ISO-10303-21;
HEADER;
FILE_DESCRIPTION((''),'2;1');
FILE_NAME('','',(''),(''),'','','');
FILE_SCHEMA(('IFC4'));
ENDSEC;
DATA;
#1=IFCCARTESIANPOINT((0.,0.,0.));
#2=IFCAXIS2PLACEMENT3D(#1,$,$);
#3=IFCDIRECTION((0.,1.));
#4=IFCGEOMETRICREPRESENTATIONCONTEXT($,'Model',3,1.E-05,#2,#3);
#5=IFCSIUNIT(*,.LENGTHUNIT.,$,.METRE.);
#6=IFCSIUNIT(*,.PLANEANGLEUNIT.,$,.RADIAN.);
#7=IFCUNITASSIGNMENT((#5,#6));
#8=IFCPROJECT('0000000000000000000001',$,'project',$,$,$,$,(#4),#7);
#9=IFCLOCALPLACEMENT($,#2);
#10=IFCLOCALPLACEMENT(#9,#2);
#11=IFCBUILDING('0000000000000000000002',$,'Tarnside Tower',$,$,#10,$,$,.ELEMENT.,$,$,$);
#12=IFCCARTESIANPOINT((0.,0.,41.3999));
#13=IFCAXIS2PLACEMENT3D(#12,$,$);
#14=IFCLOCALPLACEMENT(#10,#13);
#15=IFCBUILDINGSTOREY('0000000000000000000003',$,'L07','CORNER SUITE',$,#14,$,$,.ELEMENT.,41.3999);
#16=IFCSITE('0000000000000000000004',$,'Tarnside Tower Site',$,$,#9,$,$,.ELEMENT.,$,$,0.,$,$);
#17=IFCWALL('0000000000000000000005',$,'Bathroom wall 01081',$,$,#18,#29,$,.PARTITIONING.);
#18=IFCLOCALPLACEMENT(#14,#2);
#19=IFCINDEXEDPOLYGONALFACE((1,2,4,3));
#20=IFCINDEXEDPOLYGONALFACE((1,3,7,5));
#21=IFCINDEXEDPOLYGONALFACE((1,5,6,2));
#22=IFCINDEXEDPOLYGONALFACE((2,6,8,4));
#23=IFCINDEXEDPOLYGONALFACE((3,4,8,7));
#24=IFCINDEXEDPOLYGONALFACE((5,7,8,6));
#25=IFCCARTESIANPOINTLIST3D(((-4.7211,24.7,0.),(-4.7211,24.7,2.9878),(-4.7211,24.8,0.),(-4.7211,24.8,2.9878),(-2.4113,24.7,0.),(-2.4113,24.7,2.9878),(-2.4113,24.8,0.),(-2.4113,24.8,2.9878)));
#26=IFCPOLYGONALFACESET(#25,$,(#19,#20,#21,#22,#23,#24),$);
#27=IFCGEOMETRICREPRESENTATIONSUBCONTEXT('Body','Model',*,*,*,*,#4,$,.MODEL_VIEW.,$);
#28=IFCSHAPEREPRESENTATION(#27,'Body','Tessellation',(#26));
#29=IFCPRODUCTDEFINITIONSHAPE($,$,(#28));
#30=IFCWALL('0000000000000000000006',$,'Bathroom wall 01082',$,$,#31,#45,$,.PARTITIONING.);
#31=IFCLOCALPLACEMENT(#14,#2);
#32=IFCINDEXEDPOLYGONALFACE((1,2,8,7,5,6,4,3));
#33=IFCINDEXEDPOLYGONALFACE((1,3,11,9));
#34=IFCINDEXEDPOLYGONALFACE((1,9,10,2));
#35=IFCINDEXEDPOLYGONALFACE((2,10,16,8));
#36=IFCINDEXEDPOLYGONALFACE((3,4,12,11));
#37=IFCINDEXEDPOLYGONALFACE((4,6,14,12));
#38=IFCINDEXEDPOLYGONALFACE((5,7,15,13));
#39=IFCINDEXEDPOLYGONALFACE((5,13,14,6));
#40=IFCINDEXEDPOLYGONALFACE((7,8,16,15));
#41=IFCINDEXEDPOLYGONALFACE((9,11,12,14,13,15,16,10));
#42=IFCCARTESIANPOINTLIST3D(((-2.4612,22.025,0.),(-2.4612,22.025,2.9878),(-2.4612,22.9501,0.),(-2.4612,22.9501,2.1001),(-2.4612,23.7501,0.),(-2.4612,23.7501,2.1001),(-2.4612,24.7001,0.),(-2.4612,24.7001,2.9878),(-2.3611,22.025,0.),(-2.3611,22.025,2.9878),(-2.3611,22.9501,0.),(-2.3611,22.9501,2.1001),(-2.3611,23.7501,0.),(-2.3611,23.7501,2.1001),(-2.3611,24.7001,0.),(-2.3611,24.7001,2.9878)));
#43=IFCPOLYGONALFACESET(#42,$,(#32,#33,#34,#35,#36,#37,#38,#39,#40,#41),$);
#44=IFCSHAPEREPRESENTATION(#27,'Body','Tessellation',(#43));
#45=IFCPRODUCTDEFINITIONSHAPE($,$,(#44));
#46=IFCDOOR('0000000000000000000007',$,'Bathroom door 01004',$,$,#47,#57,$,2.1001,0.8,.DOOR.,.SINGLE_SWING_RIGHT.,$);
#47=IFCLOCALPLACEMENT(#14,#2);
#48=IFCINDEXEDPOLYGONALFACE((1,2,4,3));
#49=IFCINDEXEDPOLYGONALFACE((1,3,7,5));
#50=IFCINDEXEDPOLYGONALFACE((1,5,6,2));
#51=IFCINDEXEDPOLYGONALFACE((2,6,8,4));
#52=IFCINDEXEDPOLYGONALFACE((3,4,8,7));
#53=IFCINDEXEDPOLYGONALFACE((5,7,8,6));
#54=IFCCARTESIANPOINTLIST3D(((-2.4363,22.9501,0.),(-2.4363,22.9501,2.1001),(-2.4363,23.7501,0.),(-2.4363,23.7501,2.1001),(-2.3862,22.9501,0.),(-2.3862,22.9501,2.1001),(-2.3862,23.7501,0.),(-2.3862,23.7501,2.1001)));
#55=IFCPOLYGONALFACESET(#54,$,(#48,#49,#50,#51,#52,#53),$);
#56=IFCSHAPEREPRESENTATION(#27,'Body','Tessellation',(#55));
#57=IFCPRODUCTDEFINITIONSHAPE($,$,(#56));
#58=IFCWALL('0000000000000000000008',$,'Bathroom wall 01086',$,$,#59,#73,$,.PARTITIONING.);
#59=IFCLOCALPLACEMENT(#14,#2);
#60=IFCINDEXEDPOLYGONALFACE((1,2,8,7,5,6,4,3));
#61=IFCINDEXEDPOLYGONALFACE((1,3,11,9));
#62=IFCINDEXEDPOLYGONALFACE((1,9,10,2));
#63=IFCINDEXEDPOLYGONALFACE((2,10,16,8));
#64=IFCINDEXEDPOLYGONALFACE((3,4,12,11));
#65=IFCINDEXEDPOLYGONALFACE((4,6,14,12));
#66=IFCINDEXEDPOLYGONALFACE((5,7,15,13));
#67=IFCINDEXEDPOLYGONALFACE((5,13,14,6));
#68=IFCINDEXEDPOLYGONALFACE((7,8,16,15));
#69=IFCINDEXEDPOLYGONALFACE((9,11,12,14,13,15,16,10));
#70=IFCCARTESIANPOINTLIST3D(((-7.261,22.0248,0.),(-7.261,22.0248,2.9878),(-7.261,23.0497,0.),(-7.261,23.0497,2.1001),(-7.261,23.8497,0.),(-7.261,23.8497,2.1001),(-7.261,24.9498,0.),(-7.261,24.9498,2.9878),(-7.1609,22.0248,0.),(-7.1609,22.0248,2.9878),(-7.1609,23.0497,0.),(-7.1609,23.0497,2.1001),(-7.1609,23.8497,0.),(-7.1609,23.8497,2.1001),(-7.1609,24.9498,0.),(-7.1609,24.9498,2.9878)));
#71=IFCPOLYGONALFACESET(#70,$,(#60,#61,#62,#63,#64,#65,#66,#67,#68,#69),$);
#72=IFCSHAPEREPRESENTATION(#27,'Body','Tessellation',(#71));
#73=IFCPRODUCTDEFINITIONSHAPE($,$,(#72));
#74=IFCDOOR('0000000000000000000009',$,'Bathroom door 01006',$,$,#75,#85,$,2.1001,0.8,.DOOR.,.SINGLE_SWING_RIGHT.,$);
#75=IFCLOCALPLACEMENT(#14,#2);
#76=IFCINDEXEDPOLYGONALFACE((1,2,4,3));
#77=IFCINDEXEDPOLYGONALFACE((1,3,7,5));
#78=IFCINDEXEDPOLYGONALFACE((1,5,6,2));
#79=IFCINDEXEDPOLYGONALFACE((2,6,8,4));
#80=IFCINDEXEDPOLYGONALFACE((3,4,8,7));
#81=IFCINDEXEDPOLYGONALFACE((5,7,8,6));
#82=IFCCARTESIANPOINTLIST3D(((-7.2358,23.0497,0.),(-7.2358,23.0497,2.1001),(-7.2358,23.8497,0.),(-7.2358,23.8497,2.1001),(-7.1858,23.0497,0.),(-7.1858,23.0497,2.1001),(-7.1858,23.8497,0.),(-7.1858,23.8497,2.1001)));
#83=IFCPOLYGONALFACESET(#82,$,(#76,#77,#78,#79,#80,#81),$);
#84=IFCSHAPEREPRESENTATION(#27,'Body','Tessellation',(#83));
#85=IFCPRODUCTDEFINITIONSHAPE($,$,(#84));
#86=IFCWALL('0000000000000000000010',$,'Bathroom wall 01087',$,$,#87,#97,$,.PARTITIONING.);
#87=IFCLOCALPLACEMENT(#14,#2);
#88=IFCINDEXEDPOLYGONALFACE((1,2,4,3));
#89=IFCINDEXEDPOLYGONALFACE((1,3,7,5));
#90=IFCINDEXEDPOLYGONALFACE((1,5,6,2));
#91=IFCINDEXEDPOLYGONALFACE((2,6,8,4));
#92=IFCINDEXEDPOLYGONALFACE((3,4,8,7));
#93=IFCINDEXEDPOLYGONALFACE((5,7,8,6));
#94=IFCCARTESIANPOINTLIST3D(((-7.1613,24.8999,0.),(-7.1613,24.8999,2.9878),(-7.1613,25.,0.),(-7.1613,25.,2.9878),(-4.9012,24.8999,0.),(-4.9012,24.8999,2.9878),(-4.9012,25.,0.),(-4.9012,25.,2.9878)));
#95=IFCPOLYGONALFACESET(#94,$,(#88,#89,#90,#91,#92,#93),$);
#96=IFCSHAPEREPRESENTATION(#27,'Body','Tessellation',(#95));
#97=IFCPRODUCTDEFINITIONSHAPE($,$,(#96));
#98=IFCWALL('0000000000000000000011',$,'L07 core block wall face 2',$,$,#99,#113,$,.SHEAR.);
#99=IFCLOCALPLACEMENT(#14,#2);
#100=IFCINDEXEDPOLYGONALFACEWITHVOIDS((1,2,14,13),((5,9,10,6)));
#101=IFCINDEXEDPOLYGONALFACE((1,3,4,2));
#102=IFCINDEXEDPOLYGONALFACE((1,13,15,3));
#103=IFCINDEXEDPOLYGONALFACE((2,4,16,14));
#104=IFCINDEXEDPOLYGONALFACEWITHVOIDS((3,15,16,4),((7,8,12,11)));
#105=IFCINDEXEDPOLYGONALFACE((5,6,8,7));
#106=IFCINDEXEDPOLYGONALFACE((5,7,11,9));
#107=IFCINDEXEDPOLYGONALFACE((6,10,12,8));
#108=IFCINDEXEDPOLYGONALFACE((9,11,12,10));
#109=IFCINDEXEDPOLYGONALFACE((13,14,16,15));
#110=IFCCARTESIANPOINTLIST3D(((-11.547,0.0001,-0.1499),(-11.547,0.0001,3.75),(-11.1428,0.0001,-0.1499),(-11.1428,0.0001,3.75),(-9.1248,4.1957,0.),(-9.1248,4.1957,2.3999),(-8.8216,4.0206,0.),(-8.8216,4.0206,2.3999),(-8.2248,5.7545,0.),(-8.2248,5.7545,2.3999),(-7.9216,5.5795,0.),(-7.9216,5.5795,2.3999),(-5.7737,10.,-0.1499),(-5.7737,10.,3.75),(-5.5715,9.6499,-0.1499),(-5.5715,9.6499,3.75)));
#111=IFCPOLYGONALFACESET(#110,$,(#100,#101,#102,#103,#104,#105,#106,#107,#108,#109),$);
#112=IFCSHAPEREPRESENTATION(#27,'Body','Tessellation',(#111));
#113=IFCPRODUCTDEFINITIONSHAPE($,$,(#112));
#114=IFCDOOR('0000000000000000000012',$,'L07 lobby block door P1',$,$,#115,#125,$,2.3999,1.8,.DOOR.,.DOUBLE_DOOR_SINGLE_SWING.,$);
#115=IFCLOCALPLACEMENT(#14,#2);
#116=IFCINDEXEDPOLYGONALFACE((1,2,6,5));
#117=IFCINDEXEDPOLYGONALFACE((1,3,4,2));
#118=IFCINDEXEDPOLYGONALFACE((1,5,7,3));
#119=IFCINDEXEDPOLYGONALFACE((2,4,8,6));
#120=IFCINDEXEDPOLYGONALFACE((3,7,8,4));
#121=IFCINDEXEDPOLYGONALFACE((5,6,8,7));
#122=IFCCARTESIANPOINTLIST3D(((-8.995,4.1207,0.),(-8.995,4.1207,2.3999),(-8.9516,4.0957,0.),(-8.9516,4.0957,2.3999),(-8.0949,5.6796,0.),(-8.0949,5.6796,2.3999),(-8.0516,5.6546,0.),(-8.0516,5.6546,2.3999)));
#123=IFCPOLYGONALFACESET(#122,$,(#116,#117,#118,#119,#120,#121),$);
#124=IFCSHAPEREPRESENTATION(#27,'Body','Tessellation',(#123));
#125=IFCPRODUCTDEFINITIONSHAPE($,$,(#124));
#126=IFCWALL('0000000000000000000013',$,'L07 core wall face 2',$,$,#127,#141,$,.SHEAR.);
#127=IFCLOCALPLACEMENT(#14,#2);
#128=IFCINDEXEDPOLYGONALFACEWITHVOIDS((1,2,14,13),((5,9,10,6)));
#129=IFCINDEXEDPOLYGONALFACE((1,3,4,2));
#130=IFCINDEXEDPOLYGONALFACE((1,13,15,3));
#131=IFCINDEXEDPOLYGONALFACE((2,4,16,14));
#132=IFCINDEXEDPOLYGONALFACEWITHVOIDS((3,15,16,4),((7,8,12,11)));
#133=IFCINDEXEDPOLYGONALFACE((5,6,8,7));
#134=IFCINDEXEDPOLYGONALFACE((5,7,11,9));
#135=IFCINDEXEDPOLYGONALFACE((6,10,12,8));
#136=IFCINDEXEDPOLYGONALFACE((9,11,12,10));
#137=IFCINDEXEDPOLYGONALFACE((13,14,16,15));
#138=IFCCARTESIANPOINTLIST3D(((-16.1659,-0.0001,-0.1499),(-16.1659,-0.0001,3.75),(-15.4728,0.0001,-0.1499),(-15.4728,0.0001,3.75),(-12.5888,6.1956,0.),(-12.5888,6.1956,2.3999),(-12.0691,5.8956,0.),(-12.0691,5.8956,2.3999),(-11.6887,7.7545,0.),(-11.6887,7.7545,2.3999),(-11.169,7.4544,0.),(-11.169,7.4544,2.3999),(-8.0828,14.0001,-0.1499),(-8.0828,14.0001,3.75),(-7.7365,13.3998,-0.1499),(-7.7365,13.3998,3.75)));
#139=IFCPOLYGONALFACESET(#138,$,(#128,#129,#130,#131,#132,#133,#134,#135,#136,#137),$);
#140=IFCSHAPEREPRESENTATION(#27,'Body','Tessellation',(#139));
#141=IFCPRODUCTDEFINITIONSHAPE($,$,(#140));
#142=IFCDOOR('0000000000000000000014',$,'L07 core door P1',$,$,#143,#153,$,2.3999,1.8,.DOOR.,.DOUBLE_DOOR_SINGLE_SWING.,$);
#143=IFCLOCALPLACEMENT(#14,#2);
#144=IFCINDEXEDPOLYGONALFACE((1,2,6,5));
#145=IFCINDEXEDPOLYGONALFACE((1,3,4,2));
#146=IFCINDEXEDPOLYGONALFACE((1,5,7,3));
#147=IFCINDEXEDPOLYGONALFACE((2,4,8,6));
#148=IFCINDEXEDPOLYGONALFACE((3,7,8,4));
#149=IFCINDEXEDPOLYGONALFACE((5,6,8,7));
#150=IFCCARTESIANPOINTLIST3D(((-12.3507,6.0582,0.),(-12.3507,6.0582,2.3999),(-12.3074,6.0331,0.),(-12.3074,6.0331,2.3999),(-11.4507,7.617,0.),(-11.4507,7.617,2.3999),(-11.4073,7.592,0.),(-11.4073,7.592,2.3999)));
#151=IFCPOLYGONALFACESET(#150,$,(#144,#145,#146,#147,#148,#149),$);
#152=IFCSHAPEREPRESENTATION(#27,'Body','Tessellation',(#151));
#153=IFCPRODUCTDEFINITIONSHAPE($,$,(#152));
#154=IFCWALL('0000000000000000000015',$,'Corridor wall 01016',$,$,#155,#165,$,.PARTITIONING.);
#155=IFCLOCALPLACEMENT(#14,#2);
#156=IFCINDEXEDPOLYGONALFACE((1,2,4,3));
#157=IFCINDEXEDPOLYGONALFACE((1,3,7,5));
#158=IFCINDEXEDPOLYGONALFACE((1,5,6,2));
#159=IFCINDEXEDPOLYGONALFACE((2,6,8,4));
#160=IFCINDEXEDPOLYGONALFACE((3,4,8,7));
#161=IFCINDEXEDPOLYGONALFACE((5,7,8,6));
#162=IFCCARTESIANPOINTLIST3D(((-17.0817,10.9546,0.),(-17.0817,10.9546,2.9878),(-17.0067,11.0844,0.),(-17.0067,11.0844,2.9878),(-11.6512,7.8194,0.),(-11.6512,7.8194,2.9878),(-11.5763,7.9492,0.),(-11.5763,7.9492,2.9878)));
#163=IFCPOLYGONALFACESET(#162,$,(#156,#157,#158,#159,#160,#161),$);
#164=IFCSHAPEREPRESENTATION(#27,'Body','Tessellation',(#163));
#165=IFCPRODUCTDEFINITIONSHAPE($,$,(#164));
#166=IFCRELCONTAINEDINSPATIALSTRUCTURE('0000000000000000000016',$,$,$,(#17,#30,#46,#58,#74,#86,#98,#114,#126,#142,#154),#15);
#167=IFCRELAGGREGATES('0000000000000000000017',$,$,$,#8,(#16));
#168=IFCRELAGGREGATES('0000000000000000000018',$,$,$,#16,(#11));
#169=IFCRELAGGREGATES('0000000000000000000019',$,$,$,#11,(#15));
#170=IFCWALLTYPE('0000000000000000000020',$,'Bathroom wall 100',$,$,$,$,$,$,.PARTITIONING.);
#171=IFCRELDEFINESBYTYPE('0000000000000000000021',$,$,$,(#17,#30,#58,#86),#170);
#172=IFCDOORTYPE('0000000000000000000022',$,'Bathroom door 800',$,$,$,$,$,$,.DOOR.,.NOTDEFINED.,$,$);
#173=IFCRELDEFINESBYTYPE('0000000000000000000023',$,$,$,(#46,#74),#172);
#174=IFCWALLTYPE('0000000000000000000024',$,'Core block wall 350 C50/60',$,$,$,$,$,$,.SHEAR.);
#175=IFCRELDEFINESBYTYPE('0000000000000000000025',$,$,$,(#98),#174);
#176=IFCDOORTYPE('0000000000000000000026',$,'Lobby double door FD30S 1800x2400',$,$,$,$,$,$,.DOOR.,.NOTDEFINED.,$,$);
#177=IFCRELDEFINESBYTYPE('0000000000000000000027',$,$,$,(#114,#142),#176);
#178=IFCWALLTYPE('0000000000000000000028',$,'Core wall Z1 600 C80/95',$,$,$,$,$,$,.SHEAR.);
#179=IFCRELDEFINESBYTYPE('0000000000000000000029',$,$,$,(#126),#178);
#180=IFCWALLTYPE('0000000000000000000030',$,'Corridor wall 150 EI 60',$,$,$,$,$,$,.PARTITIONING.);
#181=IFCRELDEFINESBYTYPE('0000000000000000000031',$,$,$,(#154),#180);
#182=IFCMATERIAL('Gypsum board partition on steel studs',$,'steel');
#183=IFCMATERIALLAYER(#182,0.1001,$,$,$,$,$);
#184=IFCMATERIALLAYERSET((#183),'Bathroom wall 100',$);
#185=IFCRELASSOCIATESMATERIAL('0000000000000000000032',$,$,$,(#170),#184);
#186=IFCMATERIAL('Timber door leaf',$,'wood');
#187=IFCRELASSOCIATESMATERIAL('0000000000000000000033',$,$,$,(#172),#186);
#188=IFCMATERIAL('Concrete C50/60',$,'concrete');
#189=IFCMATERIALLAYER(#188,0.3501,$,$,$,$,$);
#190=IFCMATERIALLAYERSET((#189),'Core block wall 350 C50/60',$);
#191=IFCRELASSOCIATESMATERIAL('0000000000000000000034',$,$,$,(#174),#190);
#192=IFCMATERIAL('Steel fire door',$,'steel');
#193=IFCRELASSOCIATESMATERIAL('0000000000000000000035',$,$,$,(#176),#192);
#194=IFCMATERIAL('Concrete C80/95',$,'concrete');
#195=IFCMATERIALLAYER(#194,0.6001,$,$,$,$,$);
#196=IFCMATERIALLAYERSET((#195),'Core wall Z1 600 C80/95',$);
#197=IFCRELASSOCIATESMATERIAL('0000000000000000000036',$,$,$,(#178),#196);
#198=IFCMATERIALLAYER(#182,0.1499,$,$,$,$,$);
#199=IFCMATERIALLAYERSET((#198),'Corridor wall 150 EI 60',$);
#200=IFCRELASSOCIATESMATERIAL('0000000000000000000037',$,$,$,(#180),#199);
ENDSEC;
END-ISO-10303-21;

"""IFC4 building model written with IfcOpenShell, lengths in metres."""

from ifc_helpers import new_model, si_unit, direction, frame, frame_2d, origin, place, context, subcontext, project, spatial, polyline, rectangle, outline, extrude, material, layer, layer_set, type_object, element, fill, save


model = new_model("IFC4")

# Units and contexts
model_context = context("Model", 3, precision=1e-05, world=origin(), true_north=direction((0.0, 1.0)))
body_context = subcontext(model_context, "Body", "Model", "MODEL_VIEW")
ifc_project = project(units=[si_unit("LENGTHUNIT", "METRE"), si_unit("PLANEANGLEUNIT", "RADIAN")], contexts=[model_context])

# Site, building, storey
site_placement = place(None, origin())
site = spatial("IfcSite", under=ifc_project, at=site_placement, Name="Tarnside Tower Site", CompositionType="ELEMENT", RefElevation=0.0)
building_placement = place(site_placement, origin())
building = spatial("IfcBuilding", under=site, at=building_placement, Name="Tarnside Tower", CompositionType="ELEMENT")
storey_placement = place(building_placement, frame((0.0, 0.0, 41.3999)))
storey = spatial("IfcBuildingStorey", under=building, at=storey_placement, Name="L07", Description="CORNER SUITE", CompositionType="ELEMENT", Elevation=41.3999)

# Wall
ifc_material_1 = material(Name="Gypsum board partition on steel studs", Category="steel")
ifc_layer_1 = layer(ifc_material_1, 0.1001)
ifc_layer_set_1 = layer_set([ifc_layer_1], Name="Bathroom wall 100")
wall_type_1 = type_object("IfcWallType", Name="Bathroom wall 100", PredefinedType="PARTITIONING", material=ifc_layer_set_1)
wall_1_placement = place(storey_placement, frame((-4.7209, 24.75, 0.0), z_axis=(0.0, 0.0, 1.0), x_axis=(1.0, 0.0, 0.0)))
element("IfcWall", 1, at=wall_1_placement, inside=storey, type_object=wall_type_1, Name="Bathroom wall 01081", PredefinedType="PARTITIONING", context=body_context, shape_type="SweptSolid", body=[
    extrude(rectangle(XDim=2.3098, YDim=0.1001, at=frame_2d((1.1548, 0.0))), origin(), (0.0, 0.0, 1.0), 2.9878),
])

# Walls, openings, doors
wall_2_placement = place(storey_placement, frame((-2.4111, 24.7, 0.0), z_axis=(0.0, 0.0, 1.0), x_axis=(0.0, -1.0, 0.0)))
wall_2 = element("IfcWall", 2, at=wall_2_placement, inside=storey, type_object=wall_type_1, Name="Bathroom wall 01082", PredefinedType="PARTITIONING", context=body_context, shape_type="SweptSolid", body=[
    extrude(rectangle(XDim=2.675, YDim=0.1001, at=frame_2d((1.3374, 0.0))), origin(), (0.0, 0.0, 1.0), 2.9878),
])
opening_1_placement = place(wall_2_placement, frame((0.95, 0.0, 0.0)))
opening_1 = element("IfcOpeningElement", 3, at=opening_1_placement, cuts=wall_2, PredefinedType="OPENING", context=body_context, shape_type="SweptSolid", body=[
    extrude(rectangle(XDim=0.8, YDim=2.1001, at=frame_2d((0.3999, 1.05))), frame((0.0, 0.0601, 0.0), z_axis=(0.0, -1.0, 0.0), x_axis=(1.0, 0.0, 0.0)), (0.0, 0.0, 1.0), 0.1201),
])
ifc_material_2 = material(Name="Timber door leaf", Category="wood")
door_type_1 = type_object("IfcDoorType", Name="Bathroom door 800", OperationType="NOTDEFINED", PredefinedType="DOOR", material=ifc_material_2)
door_1_placement = place(opening_1_placement, origin())
door_1 = element("IfcDoor", 4, at=door_1_placement, inside=storey, type_object=door_type_1, Name="Bathroom door 01004", OperationType="SINGLE_SWING_RIGHT", OverallHeight=2.1001, OverallWidth=0.8, PredefinedType="DOOR", context=body_context, shape_type="SweptSolid", body=[
    extrude(rectangle(XDim=0.8, YDim=2.1001, at=frame_2d((0.3999, 1.05))), frame((0.0, 0.0249, 0.0), z_axis=(0.0, -1.0, 0.0), x_axis=(1.0, 0.0, 0.0)), (0.0, 0.0, 1.0), 0.05),
])
fill(opening_1, door_1)
wall_3_placement = place(storey_placement, frame((-7.2109, 22.0249, 0.0), z_axis=(0.0, 0.0, 1.0), x_axis=(0.0, 1.0, 0.0)))
wall_3 = element("IfcWall", 5, at=wall_3_placement, inside=storey, type_object=wall_type_1, Name="Bathroom wall 01086", PredefinedType="PARTITIONING", context=body_context, shape_type="SweptSolid", body=[
    extrude(rectangle(XDim=2.925, YDim=0.1001, at=frame_2d((1.4624, 0.0))), origin(), (0.0, 0.0, 1.0), 2.9878),
])
opening_2_placement = place(wall_3_placement, frame((1.0249, 0.0, 0.0)))
opening_2 = element("IfcOpeningElement", 6, at=opening_2_placement, cuts=wall_3, PredefinedType="OPENING", context=body_context, shape_type="SweptSolid", body=[
    extrude(rectangle(XDim=0.8, YDim=2.1001, at=frame_2d((0.3999, 1.05))), frame((0.0, 0.0601, 0.0), z_axis=(0.0, -1.0, 0.0), x_axis=(1.0, 0.0, 0.0)), (0.0, 0.0, 1.0), 0.1201),
])
door_2_placement = place(opening_2_placement, origin())
door_2 = element("IfcDoor", 7, at=door_2_placement, inside=storey, type_object=door_type_1, Name="Bathroom door 01006", OperationType="SINGLE_SWING_RIGHT", OverallHeight=2.1001, OverallWidth=0.8, PredefinedType="DOOR", context=body_context, shape_type="SweptSolid", body=[
    extrude(rectangle(XDim=0.8, YDim=2.1001, at=frame_2d((0.3999, 1.05))), frame((0.0, 0.0249, 0.0), z_axis=(0.0, -1.0, 0.0), x_axis=(1.0, 0.0, 0.0)), (0.0, 0.0, 1.0), 0.05),
])
fill(opening_2, door_2)

# Wall
wall_4_placement = place(storey_placement, frame((-7.1611, 24.95, 0.0), z_axis=(0.0, 0.0, 1.0), x_axis=(1.0, 0.0, 0.0)))
element("IfcWall", 8, at=wall_4_placement, inside=storey, type_object=wall_type_1, Name="Bathroom wall 01087", PredefinedType="PARTITIONING", context=body_context, shape_type="SweptSolid", body=[
    extrude(rectangle(XDim=2.26, YDim=0.1001, at=frame_2d((1.1299, 0.0))), origin(), (0.0, 0.0, 1.0), 2.9878),
])

# Walls, openings, doors
ifc_material_3 = material(Name="Concrete C50/60", Category="concrete")
ifc_layer_2 = layer(ifc_material_3, 0.3501)
ifc_layer_set_2 = layer_set([ifc_layer_2], Name="Core block wall 350 C50/60")
wall_type_2 = type_object("IfcWallType", Name="Core block wall 350 C50/60", PredefinedType="SHEAR", material=ifc_layer_set_2)
wall_5_placement = place(storey_placement, frame((-5.6726, 9.825, -0.1499), z_axis=(0.0, 0.0, 1.0), x_axis=(-0.499995, -0.866028, 0.0)))
wall_5 = element("IfcWall", 9, at=wall_5_placement, inside=storey, type_object=wall_type_2, Name="L07 core block wall face 2", PredefinedType="SHEAR", context=body_context, shape_type="SweptSolid", body=[
    extrude(outline(polyline([(-0.1011, -0.175), (11.4458, -0.175), (11.2437, 0.175), (0.1011, 0.175), (-0.1011, -0.175)])), origin(), (0.0, 0.0, 1.0), 3.8999),
])
opening_3_placement = place(wall_5_placement, frame((4.8013, 0.0, 0.1499)))
opening_3 = element("IfcOpeningElement", 10, at=opening_3_placement, cuts=wall_5, PredefinedType="OPENING", context=body_context, shape_type="SweptSolid", body=[
    extrude(rectangle(XDim=1.8, YDim=2.3999, at=frame_2d((0.8999, 1.2))), frame((0.0, 0.1851, 0.0), z_axis=(0.0, -1.0, 0.0), x_axis=(1.0, 0.0, 0.0)), (0.0, 0.0, 1.0), 0.3701),
])
ifc_material_4 = material(Name="Steel fire door", Category="steel")
door_type_2 = type_object("IfcDoorType", Name="Lobby double door FD30S 1800x2400", OperationType="NOTDEFINED", PredefinedType="DOOR", material=ifc_material_4)
door_3_placement = place(opening_3_placement, origin())
door_3 = element("IfcDoor", 11, at=door_3_placement, inside=storey, type_object=door_type_2, Name="L07 lobby block door P1", OperationType="DOUBLE_DOOR_SINGLE_SWING", OverallHeight=2.3999, OverallWidth=1.8, PredefinedType="DOOR", context=body_context, shape_type="SweptSolid", body=[
    extrude(rectangle(XDim=1.8, YDim=2.3999, at=frame_2d((0.8999, 1.2))), frame((0.0, 0.0249, 0.0), z_axis=(0.0, -1.0, 0.0), x_axis=(1.0, 0.0, 0.0)), (0.0, 0.0, 1.0), 0.05),
])
fill(opening_3, door_3)
ifc_material_5 = material(Name="Concrete C80/95", Category="concrete")
ifc_layer_3 = layer(ifc_material_5, 0.6001)
ifc_layer_set_3 = layer_set([ifc_layer_3], Name="Core wall Z1 600 C80/95")
wall_type_3 = type_object("IfcWallType", Name="Core wall Z1 600 C80/95", PredefinedType="SHEAR", material=ifc_layer_set_3)
wall_6_placement = place(storey_placement, frame((-7.9097, 13.7, -0.1499), z_axis=(0.0, 0.0, 1.0), x_axis=(-0.5, -0.866025, 0.0)))
wall_6 = element("IfcWall", 12, at=wall_6_placement, inside=storey, type_object=wall_type_3, Name="L07 core wall face 2", PredefinedType="SHEAR", context=body_context, shape_type="SweptSolid", body=[
    extrude(outline(polyline([(-0.1733, -0.3), (15.9927, -0.3), (15.646, 0.3), (0.1733, 0.3), (-0.1733, -0.3)])), origin(), (0.0, 0.0, 1.0), 3.8999),
])
opening_4_placement = place(wall_6_placement, frame((7.0386, 0.0, 0.1499)))
opening_4 = element("IfcOpeningElement", 13, at=opening_4_placement, cuts=wall_6, PredefinedType="OPENING", context=body_context, shape_type="SweptSolid", body=[
    extrude(rectangle(XDim=1.8, YDim=2.3999, at=frame_2d((0.8999, 1.2))), frame((0.0, 0.3101, 0.0), z_axis=(0.0, -1.0, 0.0), x_axis=(1.0, 0.0, 0.0)), (0.0, 0.0, 1.0), 0.6201),
])
door_4_placement = place(opening_4_placement, origin())
door_4 = element("IfcDoor", 14, at=door_4_placement, inside=storey, type_object=door_type_2, Name="L07 core door P1", OperationType="DOUBLE_DOOR_SINGLE_SWING", OverallHeight=2.3999, OverallWidth=1.8, PredefinedType="DOOR", context=body_context, shape_type="SweptSolid", body=[
    extrude(rectangle(XDim=1.8, YDim=2.3999, at=frame_2d((0.8999, 1.2))), frame((0.0, 0.0249, 0.0), z_axis=(0.0, -1.0, 0.0), x_axis=(1.0, 0.0, 0.0)), (0.0, 0.0, 1.0), 0.05),
])
fill(opening_4, door_4)

# Wall
ifc_layer_4 = layer(ifc_material_1, 0.1499)
ifc_layer_set_4 = layer_set([ifc_layer_4], Name="Corridor wall 150 EI 60")
wall_type_4 = type_object("IfcWallType", Name="Corridor wall 150 EI 60", PredefinedType="PARTITIONING", material=ifc_layer_set_4)
wall_7_placement = place(storey_placement, frame((-11.6138, 7.8843, 0.0), z_axis=(0.0, 0.0, 1.0), x_axis=(-0.866025, 0.5, 0.0)))
element("IfcWall", 15, at=wall_7_placement, inside=storey, type_object=wall_type_4, Name="Corridor wall 01016", PredefinedType="PARTITIONING", context=body_context, shape_type="SweptSolid", body=[
    extrude(rectangle(XDim=6.2705, YDim=0.1499, at=frame_2d((3.1353, 0.0))), origin(), (0.0, 0.0, 1.0), 2.9878),
])

save(model, "model.ifc")
